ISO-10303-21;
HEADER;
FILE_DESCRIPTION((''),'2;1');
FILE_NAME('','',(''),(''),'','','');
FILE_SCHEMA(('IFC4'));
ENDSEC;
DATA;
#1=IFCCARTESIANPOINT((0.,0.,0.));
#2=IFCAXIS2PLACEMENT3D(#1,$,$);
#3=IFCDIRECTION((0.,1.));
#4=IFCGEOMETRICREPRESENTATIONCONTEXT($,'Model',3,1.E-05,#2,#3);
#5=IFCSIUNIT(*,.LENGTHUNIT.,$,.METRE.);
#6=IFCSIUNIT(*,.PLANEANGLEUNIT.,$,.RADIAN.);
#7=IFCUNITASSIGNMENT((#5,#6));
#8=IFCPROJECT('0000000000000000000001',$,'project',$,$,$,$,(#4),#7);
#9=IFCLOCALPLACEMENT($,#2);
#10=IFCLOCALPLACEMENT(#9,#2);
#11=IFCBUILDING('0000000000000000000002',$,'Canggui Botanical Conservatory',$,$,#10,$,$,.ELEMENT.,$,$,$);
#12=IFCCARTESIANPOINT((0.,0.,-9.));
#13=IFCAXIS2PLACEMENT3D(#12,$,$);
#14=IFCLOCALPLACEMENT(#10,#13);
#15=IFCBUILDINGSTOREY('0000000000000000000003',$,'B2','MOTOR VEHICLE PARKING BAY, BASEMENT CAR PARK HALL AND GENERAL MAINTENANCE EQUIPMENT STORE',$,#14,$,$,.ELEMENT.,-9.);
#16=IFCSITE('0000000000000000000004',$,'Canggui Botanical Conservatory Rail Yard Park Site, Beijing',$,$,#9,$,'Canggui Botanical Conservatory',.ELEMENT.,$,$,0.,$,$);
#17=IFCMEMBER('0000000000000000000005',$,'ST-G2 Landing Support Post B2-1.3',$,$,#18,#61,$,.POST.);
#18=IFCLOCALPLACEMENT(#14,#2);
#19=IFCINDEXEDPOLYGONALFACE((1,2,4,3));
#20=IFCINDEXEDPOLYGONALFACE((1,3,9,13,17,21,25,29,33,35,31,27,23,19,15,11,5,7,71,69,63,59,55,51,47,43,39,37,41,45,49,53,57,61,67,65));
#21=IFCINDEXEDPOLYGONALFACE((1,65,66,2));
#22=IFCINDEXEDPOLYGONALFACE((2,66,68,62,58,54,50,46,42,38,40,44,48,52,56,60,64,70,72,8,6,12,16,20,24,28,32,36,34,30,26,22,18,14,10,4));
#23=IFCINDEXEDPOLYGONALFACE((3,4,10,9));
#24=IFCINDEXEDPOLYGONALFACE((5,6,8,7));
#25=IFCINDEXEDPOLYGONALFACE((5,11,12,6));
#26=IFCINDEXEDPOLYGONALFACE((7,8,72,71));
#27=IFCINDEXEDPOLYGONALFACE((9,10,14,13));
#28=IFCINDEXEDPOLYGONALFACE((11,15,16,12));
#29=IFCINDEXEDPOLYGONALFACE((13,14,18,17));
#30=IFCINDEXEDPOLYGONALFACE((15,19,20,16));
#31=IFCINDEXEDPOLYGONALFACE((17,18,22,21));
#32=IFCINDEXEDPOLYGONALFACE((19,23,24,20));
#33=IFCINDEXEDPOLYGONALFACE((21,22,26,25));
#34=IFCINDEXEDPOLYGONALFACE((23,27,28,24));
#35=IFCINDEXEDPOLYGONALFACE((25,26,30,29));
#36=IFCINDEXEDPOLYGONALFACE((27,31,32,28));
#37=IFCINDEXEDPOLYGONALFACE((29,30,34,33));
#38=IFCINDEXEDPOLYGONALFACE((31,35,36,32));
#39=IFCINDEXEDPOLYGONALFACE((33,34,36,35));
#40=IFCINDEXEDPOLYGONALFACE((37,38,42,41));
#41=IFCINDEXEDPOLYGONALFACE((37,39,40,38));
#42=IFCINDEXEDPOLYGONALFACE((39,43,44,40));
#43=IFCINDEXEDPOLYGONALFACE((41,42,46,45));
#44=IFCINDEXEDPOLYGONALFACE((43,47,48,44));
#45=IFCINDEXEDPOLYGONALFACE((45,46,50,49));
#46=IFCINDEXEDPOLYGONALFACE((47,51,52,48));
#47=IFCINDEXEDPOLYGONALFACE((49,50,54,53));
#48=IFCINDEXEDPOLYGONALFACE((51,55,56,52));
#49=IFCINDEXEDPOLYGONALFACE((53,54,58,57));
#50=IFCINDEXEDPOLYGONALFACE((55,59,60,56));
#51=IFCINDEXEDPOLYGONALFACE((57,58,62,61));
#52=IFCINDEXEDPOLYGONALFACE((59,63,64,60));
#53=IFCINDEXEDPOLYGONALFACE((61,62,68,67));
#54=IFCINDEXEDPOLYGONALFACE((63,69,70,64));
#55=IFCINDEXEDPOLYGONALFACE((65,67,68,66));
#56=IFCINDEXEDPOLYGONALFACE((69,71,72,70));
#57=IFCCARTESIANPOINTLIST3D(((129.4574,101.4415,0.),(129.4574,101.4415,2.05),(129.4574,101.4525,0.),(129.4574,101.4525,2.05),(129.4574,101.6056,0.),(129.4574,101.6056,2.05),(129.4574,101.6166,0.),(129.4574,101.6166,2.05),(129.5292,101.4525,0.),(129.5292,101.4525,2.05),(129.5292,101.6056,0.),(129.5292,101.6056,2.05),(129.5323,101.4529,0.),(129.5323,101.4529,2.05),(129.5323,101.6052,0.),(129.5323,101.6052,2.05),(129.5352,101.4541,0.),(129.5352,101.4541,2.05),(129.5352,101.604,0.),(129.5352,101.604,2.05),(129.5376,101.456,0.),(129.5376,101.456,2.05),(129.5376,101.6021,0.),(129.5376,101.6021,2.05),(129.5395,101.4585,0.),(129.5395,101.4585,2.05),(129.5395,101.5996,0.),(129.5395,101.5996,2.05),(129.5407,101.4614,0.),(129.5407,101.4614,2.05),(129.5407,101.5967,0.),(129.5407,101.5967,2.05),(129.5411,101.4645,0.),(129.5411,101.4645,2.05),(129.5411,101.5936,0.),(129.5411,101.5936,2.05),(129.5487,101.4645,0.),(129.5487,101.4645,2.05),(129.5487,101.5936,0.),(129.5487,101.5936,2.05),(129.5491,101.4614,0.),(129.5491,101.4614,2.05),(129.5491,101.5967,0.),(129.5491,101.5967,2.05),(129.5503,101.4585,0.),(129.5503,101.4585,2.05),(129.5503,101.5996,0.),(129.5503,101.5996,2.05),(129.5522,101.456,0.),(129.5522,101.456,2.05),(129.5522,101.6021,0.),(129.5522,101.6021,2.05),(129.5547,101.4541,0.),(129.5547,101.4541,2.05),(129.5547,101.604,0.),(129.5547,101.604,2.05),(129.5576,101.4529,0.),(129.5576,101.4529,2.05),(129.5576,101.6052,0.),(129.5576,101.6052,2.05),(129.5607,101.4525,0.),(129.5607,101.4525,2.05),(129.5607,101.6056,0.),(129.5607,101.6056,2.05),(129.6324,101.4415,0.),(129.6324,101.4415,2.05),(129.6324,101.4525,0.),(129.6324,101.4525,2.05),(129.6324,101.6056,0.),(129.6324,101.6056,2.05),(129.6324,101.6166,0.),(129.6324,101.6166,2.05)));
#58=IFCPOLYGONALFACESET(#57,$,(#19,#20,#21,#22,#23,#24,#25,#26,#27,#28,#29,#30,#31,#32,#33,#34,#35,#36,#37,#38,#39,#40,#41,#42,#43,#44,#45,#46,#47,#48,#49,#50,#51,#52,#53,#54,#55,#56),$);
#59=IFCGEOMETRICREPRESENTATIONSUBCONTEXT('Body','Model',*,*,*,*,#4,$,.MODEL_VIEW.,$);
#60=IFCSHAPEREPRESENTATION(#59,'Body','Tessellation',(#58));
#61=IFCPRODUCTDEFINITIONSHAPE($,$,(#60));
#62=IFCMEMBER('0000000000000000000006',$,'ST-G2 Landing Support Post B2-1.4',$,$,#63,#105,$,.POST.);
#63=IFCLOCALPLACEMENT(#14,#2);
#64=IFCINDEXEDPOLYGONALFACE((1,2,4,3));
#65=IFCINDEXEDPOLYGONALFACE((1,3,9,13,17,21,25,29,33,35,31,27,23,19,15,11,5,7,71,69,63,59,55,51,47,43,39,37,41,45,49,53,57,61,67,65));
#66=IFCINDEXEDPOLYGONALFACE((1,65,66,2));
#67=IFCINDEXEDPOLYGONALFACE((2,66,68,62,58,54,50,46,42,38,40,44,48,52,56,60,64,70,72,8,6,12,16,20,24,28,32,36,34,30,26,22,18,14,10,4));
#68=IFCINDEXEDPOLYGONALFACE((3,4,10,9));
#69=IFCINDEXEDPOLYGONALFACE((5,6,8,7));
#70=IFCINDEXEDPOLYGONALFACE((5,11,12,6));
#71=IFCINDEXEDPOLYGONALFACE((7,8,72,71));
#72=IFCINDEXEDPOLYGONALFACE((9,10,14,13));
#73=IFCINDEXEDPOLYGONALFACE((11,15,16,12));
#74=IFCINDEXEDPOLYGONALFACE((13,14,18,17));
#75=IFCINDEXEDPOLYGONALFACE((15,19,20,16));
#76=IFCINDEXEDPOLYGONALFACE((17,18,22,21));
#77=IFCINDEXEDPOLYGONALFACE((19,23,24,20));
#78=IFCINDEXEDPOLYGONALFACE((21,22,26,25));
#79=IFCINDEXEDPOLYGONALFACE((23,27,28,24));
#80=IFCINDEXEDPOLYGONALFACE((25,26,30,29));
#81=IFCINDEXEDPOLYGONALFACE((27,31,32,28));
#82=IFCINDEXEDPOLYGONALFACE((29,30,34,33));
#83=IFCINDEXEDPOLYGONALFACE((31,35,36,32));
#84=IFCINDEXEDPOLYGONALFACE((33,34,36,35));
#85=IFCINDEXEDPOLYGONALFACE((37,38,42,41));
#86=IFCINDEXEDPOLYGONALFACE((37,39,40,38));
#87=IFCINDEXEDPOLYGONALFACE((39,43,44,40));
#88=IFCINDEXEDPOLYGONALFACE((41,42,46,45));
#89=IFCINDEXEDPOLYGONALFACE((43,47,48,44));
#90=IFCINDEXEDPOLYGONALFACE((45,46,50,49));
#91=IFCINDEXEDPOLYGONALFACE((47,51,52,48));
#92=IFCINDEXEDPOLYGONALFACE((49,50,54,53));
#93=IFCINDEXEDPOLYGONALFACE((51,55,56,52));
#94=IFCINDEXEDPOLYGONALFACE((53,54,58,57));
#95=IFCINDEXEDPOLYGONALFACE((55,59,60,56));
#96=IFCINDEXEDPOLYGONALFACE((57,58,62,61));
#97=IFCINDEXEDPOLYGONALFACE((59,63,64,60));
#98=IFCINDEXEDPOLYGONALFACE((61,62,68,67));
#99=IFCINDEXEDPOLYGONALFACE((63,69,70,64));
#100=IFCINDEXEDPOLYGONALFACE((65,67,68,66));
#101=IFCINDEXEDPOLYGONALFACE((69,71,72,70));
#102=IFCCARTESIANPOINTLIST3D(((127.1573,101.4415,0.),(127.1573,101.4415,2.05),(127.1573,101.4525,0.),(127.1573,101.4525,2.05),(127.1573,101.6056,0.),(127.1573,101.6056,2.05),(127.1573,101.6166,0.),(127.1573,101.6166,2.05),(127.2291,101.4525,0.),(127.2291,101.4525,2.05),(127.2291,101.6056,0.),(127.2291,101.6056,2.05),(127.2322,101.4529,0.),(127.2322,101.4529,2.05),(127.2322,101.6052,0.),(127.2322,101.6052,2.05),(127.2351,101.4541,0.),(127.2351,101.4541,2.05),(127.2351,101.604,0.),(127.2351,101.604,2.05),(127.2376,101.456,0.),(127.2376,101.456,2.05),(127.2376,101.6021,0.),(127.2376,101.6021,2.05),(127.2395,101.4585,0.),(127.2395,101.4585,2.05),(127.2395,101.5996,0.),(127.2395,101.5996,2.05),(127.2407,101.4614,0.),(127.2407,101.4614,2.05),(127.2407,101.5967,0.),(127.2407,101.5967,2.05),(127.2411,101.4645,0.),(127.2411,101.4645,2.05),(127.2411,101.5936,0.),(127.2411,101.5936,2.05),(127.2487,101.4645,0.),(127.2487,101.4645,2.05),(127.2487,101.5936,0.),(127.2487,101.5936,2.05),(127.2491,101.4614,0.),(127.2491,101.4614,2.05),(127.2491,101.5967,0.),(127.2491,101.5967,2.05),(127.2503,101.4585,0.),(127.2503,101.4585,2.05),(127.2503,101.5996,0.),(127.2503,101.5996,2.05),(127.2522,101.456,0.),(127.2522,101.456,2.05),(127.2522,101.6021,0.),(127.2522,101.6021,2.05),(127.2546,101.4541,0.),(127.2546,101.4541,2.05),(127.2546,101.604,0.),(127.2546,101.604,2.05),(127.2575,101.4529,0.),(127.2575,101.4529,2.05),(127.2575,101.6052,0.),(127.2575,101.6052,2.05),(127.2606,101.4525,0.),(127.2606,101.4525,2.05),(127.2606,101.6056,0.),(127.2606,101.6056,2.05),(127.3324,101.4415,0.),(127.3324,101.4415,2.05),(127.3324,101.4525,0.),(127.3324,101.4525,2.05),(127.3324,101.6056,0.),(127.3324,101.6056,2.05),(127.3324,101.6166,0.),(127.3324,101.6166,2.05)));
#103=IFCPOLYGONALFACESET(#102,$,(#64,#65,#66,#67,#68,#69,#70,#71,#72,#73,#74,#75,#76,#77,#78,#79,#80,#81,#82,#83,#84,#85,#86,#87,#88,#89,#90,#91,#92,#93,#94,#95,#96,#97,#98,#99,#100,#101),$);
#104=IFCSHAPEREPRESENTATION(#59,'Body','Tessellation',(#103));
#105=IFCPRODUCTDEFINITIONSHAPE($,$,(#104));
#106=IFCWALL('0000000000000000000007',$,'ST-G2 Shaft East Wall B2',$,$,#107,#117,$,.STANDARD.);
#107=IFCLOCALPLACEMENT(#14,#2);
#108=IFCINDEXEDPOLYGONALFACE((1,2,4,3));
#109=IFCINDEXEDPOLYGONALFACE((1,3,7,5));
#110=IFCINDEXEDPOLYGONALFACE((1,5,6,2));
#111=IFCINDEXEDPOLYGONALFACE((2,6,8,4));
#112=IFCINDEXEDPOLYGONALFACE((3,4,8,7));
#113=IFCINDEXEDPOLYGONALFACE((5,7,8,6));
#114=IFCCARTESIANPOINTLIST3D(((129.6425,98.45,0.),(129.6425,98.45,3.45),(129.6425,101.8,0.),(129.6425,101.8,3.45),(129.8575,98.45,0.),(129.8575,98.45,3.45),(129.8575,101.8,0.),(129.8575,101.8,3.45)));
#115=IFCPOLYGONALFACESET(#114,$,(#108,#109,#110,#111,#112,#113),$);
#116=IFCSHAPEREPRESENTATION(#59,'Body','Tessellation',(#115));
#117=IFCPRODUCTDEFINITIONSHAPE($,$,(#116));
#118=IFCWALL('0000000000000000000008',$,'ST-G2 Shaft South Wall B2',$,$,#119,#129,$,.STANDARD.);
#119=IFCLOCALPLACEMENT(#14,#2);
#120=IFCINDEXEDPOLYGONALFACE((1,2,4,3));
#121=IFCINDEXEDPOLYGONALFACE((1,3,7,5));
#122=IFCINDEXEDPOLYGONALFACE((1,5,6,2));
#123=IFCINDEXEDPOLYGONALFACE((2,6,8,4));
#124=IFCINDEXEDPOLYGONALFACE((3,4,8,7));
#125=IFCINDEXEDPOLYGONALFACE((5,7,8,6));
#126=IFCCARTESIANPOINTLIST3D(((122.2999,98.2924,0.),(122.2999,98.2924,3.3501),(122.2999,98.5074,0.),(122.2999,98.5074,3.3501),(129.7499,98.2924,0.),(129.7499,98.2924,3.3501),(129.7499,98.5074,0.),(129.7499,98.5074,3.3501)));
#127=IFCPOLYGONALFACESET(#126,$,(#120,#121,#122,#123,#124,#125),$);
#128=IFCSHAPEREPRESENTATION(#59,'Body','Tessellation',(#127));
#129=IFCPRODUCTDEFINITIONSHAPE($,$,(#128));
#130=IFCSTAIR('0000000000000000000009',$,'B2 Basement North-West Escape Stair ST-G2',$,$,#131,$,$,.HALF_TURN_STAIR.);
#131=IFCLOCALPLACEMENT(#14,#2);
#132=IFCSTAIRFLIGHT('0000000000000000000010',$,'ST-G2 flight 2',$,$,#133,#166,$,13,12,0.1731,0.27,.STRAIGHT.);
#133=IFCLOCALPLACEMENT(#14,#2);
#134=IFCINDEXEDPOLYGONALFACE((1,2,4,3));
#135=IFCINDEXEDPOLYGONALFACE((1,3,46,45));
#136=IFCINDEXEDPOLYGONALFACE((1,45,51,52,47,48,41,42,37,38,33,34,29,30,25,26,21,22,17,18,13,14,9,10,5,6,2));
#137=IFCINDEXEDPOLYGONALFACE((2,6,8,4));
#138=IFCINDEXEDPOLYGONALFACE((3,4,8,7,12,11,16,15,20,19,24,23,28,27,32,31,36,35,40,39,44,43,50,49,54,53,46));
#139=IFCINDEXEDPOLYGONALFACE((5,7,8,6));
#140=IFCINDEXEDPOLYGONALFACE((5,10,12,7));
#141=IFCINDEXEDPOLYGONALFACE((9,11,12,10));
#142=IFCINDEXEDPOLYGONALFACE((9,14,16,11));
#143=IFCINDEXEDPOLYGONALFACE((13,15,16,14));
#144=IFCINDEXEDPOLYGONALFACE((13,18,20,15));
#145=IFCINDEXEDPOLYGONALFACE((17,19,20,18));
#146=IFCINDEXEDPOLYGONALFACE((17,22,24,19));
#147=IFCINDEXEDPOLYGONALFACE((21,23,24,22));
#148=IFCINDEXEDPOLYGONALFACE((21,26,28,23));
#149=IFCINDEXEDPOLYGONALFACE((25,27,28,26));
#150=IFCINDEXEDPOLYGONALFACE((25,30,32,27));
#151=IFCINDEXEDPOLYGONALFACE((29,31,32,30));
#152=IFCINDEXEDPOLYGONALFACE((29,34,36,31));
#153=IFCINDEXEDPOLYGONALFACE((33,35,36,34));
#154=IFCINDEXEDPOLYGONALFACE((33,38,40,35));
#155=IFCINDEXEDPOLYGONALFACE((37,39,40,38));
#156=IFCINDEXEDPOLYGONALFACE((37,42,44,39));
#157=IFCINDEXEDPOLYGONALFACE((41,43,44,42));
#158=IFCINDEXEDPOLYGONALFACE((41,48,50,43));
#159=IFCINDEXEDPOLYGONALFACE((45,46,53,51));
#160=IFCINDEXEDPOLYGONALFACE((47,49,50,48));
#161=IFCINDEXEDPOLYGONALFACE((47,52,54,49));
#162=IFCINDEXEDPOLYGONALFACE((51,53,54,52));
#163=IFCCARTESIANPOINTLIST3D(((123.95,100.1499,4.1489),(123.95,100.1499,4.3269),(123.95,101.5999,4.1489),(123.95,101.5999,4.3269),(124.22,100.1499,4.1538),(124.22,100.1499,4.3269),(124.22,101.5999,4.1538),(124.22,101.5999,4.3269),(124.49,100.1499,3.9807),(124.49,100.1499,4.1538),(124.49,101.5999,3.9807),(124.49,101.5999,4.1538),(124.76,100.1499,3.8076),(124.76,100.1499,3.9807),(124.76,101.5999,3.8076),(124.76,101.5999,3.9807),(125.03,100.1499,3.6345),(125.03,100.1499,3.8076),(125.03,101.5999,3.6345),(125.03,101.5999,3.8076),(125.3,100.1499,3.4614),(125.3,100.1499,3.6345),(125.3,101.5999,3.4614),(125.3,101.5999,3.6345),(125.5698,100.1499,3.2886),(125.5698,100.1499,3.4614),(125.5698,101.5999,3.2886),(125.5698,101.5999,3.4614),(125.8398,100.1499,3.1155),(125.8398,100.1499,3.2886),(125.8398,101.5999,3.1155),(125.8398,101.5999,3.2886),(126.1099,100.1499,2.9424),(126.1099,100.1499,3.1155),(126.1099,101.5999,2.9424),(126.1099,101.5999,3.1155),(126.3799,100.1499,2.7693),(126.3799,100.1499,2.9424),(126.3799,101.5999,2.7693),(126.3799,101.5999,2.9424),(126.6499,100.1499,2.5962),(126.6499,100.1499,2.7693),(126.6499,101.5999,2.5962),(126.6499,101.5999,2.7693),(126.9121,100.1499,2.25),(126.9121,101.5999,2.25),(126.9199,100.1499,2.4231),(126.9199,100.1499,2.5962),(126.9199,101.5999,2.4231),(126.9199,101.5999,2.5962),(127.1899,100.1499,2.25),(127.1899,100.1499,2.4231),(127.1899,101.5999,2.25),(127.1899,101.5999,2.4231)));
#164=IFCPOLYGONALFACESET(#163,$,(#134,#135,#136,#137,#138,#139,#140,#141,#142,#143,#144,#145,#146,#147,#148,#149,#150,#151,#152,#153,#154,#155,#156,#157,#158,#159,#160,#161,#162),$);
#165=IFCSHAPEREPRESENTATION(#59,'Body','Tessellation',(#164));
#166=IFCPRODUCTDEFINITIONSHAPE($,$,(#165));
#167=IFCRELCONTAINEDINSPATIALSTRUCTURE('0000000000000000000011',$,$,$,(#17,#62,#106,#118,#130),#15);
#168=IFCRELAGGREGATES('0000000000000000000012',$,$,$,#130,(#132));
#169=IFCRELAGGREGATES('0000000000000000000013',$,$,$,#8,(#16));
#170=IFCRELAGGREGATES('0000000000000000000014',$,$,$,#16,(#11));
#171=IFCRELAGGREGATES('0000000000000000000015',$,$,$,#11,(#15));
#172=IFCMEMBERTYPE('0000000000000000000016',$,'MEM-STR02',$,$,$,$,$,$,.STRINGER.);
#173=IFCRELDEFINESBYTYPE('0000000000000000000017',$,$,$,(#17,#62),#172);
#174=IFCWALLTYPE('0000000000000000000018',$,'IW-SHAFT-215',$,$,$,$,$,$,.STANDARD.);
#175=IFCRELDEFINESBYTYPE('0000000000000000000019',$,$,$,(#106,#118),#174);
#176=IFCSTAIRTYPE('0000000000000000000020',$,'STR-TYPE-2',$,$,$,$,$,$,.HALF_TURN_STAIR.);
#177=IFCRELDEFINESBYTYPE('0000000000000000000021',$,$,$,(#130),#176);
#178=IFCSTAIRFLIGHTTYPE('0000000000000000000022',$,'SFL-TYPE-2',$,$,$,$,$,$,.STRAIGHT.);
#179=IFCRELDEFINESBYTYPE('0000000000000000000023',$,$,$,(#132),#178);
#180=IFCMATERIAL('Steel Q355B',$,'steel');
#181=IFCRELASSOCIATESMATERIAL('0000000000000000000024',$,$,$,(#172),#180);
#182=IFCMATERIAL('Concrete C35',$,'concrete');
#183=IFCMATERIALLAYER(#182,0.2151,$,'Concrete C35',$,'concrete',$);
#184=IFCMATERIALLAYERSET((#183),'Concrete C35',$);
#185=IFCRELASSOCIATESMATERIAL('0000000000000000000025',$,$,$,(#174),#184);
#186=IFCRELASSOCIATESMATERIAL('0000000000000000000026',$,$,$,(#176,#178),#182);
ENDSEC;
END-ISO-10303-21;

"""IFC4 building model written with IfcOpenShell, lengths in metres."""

from ifc_helpers import new_model, si_unit, direction, frame, frame_2d, origin, origin_2d, place, context, subcontext, project, spatial, polyline, rectangle, i_section, outline, extrude, material, layer, layer_set, material_profile, profile_set, type_object, element, aggregate, save


model = new_model("IFC4")

# Units and contexts
model_context = context("Model", 3, precision=1e-05, world=origin(), true_north=direction((0.0, 1.0)))
body_context = subcontext(model_context, "Body", "Model", "MODEL_VIEW")
ifc_project = project(units=[si_unit("LENGTHUNIT", "METRE"), si_unit("PLANEANGLEUNIT", "RADIAN")], contexts=[model_context])

# Site, building, storey
site_placement = place(None, origin())
site = spatial("IfcSite", under=ifc_project, at=site_placement, Name="Canggui Botanical Conservatory Rail Yard Park Site, Beijing", LongName="Canggui Botanical Conservatory", CompositionType="ELEMENT", RefElevation=0.0)
building_placement = place(site_placement, origin())
building = spatial("IfcBuilding", under=site, at=building_placement, Name="Canggui Botanical Conservatory", CompositionType="ELEMENT")
storey_placement = place(building_placement, frame((0.0, 0.0, -9.0)))
storey = spatial("IfcBuildingStorey", under=building, at=storey_placement, Name="B2", Description="MOTOR VEHICLE PARKING BAY, BASEMENT CAR PARK HALL AND GENERAL MAINTENANCE EQUIPMENT STORE", CompositionType="ELEMENT", Elevation=-9.0)

# Shared definitions
ifc_material_1 = material(Name="Concrete C35", Category="concrete")

# Members
ifc_material_2 = material(Name="Steel Q355B", Category="steel")
ifc_material_profile_1 = material_profile(ifc_material_2, i_section(OverallWidth=0.175, OverallDepth=0.175, WebThickness=0.0076, FlangeThickness=0.011, FilletRadius=0.012, at=origin_2d()), Name="HW 175x175x7.5x11")
ifc_profile_set_1 = profile_set([ifc_material_profile_1], Name="Steel Q355B")
member_type = type_object("IfcMemberType", Name="MEM-STR02", PredefinedType="STRINGER", material=ifc_profile_set_1)
for number, where, z_axis, x_axis, name in (
    (1, (129.5449, 101.5291, 0.0), (0.0, 0.0, 1.0), (1.0, 0.0, 0.0), "ST-G2 Landing Support Post B2-1.3"),
    (2, (127.2449, 101.5291, 0.0), (0.0, 0.0, 1.0), (1.0, 0.0, 0.0), "ST-G2 Landing Support Post B2-1.4"),
):
    element("IfcMember", number, at=place(storey_placement, frame(where, z_axis=z_axis, x_axis=x_axis)), inside=storey, type_object=member_type, Name=name, PredefinedType="POST", context=body_context, shape_type="SweptSolid", body=[
        extrude(i_section(OverallWidth=0.175, OverallDepth=0.175, WebThickness=0.0076, FlangeThickness=0.011, FilletRadius=0.012, at=origin_2d()), origin(), (0.0, 0.0, 1.0), 2.05),
    ])

# Walls
ifc_layer = layer(ifc_material_1, 0.2151, Name="Concrete C35", Category="concrete")
ifc_layer_set = layer_set([ifc_layer], Name="Concrete C35")
wall_type = type_object("IfcWallType", Name="IW-SHAFT-215", PredefinedType="STANDARD", material=ifc_layer_set)
wall_1_placement = place(storey_placement, frame((129.75, 98.45, 0.0), z_axis=(0.0, 0.0, 1.0), x_axis=(0.0, 1.0, 0.0)))
element("IfcWall", 3, at=wall_1_placement, inside=storey, type_object=wall_type, Name="ST-G2 Shaft East Wall B2", PredefinedType="STANDARD", context=body_context, shape_type="SweptSolid", body=[
    extrude(rectangle(XDim=3.3501, YDim=0.2151, at=frame_2d((1.675, 0.0))), origin(), (0.0, 0.0, 1.0), 3.45),
])
wall_2_placement = place(storey_placement, frame((129.75, 98.3999, 0.0), z_axis=(0.0, 0.0, 1.0), x_axis=(-1.0, 0.0, 0.0)))
element("IfcWall", 4, at=wall_2_placement, inside=storey, type_object=wall_type, Name="ST-G2 Shaft South Wall B2", PredefinedType="STANDARD", context=body_context, shape_type="SweptSolid", body=[
    extrude(rectangle(XDim=7.45, YDim=0.2151, at=frame_2d((3.7251, 0.0))), origin(), (0.0, 0.0, 1.0), 3.3501),
])

# Stair, stair flight
stair_type = type_object("IfcStairType", Name="STR-TYPE-2", PredefinedType="HALF_TURN_STAIR", material=ifc_material_1)
stair_placement = place(storey_placement, origin())
stair = element("IfcStair", 5, at=stair_placement, inside=storey, type_object=stair_type, Name="B2 Basement North-West Escape Stair ST-G2", PredefinedType="HALF_TURN_STAIR")
stair_flight_type = type_object("IfcStairFlightType", Name="SFL-TYPE-2", PredefinedType="STRAIGHT", material=ifc_material_1)
stair_flight_placement = place(storey_placement, frame((127.1899, 100.875, 2.25), z_axis=(0.0, 0.0, 1.0), x_axis=(-1.0, 0.0, 0.0)))
stair_flight = element("IfcStairFlight", 6, at=stair_flight_placement, type_object=stair_flight_type, Name="ST-G2 flight 2", NumberOfRisers=13, NumberOfTreads=12, PredefinedType="STRAIGHT", RiserHeight=0.1731, TreadLength=0.27, context=body_context, shape_type="SweptSolid", body=[
    extrude(outline(polyline([(0.0, 0.0), (0.0, 0.1731), (0.27, 0.1731), (0.27, 0.3462), (0.54, 0.3462), (0.54, 0.5193), (0.8101, 0.5193), (0.8101, 0.6924), (1.0801, 0.6924), (1.0801, 0.8655), (1.3501, 0.8655), (1.3501, 1.0386), (1.6201, 1.0386), (1.6201, 1.2114), (1.8899, 1.2114), (1.8899, 1.3845), (2.1599, 1.3845), (2.1599, 1.5576), (2.4299, 1.5576), (2.4299, 1.7307), (2.7, 1.7307), (2.7, 1.9038), (2.97, 1.9038), (2.97, 2.0769), (3.24, 2.0769), (3.24, 2.25), (3.24, 1.8989), (0.2778, 0.0), (0.0, 0.0)])), frame((0.0, 0.7251, 0.0), z_axis=(0.0, -1.0, 0.0), x_axis=(1.0, 0.0, 0.0)), (0.0, 0.0, 1.0), 1.45),
])
aggregate(stair, [stair_flight])

save(model, "model.ifc")
